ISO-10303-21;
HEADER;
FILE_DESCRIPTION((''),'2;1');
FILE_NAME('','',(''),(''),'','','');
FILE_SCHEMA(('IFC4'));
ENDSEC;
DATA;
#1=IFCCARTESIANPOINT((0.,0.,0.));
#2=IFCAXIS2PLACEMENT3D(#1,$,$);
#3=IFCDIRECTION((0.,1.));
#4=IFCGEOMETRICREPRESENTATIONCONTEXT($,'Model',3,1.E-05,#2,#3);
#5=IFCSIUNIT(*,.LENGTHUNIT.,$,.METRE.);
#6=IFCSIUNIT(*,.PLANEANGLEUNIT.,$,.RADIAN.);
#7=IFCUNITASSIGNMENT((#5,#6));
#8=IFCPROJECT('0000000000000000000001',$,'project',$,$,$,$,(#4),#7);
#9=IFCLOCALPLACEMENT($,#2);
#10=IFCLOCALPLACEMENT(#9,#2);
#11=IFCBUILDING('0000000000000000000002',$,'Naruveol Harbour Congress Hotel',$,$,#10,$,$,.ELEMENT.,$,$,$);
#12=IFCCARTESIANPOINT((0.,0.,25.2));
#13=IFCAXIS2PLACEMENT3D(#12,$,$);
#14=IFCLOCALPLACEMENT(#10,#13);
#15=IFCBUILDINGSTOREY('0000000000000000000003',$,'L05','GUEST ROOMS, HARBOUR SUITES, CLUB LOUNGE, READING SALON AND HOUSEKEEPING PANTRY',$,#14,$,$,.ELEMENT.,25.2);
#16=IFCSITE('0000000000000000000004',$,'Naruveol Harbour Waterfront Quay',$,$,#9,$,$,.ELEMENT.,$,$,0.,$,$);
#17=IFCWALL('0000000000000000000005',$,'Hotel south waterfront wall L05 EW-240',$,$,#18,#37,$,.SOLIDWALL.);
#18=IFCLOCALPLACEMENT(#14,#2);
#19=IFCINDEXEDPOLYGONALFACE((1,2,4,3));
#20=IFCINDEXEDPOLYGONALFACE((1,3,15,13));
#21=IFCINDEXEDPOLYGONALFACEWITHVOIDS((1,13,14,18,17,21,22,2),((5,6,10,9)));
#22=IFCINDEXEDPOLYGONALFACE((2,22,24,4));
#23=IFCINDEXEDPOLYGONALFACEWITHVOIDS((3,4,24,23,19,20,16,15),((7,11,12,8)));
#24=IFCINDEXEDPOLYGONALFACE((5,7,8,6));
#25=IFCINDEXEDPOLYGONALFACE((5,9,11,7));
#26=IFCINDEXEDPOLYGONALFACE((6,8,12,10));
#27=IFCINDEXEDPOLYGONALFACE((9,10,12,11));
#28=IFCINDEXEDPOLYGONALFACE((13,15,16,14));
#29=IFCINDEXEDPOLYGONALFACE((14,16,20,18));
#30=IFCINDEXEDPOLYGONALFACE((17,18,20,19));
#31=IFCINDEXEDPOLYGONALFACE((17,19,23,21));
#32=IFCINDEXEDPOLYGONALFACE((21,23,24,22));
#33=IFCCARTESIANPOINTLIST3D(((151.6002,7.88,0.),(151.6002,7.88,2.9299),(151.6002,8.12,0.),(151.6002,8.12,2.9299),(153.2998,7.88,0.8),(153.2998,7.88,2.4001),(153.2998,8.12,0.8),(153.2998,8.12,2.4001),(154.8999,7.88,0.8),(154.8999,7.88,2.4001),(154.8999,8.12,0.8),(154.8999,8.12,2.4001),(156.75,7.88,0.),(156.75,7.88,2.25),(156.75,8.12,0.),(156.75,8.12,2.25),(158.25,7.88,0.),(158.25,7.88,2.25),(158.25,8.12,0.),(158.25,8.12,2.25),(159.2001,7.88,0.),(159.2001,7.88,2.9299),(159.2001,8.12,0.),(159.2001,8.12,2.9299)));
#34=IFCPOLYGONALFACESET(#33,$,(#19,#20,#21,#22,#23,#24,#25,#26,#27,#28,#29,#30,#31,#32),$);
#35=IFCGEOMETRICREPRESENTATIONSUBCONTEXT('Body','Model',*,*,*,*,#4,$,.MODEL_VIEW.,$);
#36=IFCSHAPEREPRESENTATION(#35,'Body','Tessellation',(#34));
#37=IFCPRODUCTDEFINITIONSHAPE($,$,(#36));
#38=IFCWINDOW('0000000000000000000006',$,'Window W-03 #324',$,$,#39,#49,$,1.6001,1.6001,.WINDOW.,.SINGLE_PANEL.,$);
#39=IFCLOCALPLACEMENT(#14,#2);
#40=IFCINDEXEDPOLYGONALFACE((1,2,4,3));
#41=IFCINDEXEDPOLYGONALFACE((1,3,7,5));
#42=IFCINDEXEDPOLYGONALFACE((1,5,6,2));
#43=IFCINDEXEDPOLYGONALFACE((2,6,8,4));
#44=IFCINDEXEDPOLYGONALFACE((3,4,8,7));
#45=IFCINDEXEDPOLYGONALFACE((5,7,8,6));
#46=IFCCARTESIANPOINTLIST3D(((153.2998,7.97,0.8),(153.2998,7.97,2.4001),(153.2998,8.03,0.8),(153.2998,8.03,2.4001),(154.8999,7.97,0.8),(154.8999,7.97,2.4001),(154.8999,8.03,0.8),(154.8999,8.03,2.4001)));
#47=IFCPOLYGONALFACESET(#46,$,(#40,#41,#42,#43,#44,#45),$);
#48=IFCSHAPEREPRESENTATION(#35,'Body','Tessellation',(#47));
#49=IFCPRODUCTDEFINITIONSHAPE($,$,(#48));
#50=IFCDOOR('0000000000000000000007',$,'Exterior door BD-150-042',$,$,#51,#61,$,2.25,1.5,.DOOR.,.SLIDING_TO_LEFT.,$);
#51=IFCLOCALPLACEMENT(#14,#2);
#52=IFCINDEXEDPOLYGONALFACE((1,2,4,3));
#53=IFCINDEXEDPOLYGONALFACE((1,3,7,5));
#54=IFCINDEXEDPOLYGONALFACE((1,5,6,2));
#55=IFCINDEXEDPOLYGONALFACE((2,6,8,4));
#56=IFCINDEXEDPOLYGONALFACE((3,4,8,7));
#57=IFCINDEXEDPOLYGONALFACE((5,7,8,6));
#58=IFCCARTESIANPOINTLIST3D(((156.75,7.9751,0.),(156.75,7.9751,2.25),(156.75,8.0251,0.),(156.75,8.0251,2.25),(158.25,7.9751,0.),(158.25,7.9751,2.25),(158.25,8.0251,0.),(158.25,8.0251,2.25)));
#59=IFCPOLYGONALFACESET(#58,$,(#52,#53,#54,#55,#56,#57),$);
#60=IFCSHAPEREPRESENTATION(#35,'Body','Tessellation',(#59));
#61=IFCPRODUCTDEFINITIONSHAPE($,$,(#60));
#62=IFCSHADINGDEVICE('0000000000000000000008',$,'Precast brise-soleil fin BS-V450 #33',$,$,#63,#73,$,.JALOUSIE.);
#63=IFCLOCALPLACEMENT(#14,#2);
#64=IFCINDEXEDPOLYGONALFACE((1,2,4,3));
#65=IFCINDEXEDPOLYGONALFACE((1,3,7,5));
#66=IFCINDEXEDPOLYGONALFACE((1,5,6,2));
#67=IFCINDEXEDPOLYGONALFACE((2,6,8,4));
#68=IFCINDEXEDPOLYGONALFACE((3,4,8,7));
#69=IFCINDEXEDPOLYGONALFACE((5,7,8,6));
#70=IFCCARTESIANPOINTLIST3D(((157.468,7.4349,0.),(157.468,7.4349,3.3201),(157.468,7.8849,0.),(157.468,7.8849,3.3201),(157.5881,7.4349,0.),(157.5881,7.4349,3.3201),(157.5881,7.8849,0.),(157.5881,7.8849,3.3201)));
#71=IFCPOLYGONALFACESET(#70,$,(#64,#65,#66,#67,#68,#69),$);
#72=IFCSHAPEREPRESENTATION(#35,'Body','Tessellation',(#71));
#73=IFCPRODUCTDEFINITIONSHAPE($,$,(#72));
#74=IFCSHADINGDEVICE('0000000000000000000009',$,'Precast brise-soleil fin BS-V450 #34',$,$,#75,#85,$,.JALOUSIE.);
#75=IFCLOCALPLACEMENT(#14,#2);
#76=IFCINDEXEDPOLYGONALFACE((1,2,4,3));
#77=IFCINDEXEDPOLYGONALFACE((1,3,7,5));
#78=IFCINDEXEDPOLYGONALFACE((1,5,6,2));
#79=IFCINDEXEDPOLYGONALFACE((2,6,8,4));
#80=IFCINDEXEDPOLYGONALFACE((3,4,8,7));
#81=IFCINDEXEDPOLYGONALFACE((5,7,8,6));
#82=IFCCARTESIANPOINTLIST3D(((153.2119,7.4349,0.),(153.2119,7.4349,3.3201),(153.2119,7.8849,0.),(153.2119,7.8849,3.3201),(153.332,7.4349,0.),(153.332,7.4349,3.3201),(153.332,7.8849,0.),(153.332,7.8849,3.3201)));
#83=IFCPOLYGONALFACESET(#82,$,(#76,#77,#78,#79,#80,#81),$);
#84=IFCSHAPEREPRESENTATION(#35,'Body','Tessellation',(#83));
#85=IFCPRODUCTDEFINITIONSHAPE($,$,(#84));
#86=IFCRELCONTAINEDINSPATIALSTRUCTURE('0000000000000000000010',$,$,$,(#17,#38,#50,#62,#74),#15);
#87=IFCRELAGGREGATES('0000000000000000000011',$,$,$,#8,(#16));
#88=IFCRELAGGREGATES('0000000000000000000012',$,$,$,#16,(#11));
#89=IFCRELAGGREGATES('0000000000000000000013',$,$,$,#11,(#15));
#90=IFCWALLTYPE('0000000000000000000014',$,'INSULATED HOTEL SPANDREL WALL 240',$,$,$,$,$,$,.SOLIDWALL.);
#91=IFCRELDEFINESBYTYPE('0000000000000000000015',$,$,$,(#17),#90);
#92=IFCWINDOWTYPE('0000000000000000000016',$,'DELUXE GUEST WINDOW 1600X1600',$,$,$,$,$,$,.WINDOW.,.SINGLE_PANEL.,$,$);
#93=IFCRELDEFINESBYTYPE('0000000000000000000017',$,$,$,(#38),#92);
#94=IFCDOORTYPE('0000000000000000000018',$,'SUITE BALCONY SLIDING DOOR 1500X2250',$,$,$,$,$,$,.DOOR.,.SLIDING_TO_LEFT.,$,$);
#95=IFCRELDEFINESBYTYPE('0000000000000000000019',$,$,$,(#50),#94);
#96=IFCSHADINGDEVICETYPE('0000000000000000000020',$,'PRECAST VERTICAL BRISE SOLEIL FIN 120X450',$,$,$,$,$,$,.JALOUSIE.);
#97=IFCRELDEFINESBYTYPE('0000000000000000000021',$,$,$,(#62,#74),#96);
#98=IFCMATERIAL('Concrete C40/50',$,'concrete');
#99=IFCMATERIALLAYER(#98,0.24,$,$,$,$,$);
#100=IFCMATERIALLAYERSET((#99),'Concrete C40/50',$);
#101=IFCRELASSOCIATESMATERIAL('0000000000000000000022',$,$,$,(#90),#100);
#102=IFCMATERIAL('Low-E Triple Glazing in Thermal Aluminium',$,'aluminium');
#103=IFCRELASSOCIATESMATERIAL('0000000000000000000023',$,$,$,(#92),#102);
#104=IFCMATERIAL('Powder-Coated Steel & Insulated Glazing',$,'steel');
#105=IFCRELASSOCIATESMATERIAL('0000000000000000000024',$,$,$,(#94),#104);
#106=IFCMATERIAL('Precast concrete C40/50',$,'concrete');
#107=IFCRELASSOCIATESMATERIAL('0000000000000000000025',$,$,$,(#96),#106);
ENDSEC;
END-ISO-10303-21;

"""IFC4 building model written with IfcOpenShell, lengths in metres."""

from ifc_helpers import new_model, si_unit, direction, frame, frame_2d, origin, origin_2d, place, context, subcontext, project, spatial, rectangle, extrude, material, layer, layer_set, type_object, element, fill, save


model = new_model("IFC4")

# Units and contexts
model_context = context("Model", 3, precision=1e-05, world=origin(), true_north=direction((0.0, 1.0)))
body_context = subcontext(model_context, "Body", "Model", "MODEL_VIEW")
ifc_project = project(units=[si_unit("LENGTHUNIT", "METRE"), si_unit("PLANEANGLEUNIT", "RADIAN")], contexts=[model_context])

# Site, building, storey
site_placement = place(None, origin())
site = spatial("IfcSite", under=ifc_project, at=site_placement, Name="Naruveol Harbour Waterfront Quay", CompositionType="ELEMENT", RefElevation=0.0)
building_placement = place(site_placement, origin())
building = spatial("IfcBuilding", under=site, at=building_placement, Name="Naruveol Harbour Congress Hotel", CompositionType="ELEMENT")
storey_placement = place(building_placement, frame((0.0, 0.0, 25.2)))
storey = spatial("IfcBuildingStorey", under=building, at=storey_placement, Name="L05", Description="GUEST ROOMS, HARBOUR SUITES, CLUB LOUNGE, READING SALON AND HOUSEKEEPING PANTRY", CompositionType="ELEMENT", Elevation=25.2)

# Wall, openings, window, door
ifc_material_1 = material(Name="Concrete C40/50", Category="concrete")
ifc_layer_1 = layer(ifc_material_1, 0.24)
ifc_layer_set_1 = layer_set([ifc_layer_1], Name="Concrete C40/50")
wall_type_1 = type_object("IfcWallType", Name="INSULATED HOTEL SPANDREL WALL 240", PredefinedType="SOLIDWALL", material=ifc_layer_set_1)
wall_1_placement = place(storey_placement, frame((159.2, 8.0, 0.0), z_axis=(0.0, 0.0, 1.0), x_axis=(-1.0, 0.0, 0.0)))
wall_1 = element("IfcWall", 1, at=wall_1_placement, inside=storey, type_object=wall_type_1, Name="Hotel south waterfront wall L05 EW-240", PredefinedType="SOLIDWALL", context=body_context, shape_type="SweptSolid", body=[
    extrude(rectangle(XDim=7.5999, YDim=0.24, at=frame_2d((3.7998, 0.0))), origin(), (0.0, 0.0, 1.0), 2.9299),
])
opening_1_placement = place(wall_1_placement, frame((0.95, 0.0, 0.0)))
opening_1 = element("IfcOpeningElement", 2, at=opening_1_placement, cuts=wall_1, PredefinedType="OPENING", context=body_context, shape_type="SweptSolid", body=[
    extrude(rectangle(XDim=1.5, YDim=2.25, at=frame_2d((0.75, 1.125))), frame((0.0, 0.1299, 0.0), z_axis=(0.0, -1.0, 0.0), x_axis=(1.0, 0.0, 0.0)), (0.0, 0.0, 1.0), 0.26),
])
opening_2_placement = place(wall_1_placement, frame((4.3, 0.0, 0.8)))
opening_2 = element("IfcOpeningElement", 3, at=opening_2_placement, cuts=wall_1, PredefinedType="OPENING", context=body_context, shape_type="SweptSolid", body=[
    extrude(rectangle(XDim=1.6001, YDim=1.6001, at=frame_2d((0.8, 0.8))), frame((0.0, 0.1299, 0.0), z_axis=(0.0, -1.0, 0.0), x_axis=(1.0, 0.0, 0.0)), (0.0, 0.0, 1.0), 0.26),
])
ifc_material_2 = material(Name="Low-E Triple Glazing in Thermal Aluminium", Category="aluminium")
window_type = type_object("IfcWindowType", Name="DELUXE GUEST WINDOW 1600X1600", PartitioningType="SINGLE_PANEL", PredefinedType="WINDOW", material=ifc_material_2)
window_placement = place(opening_2_placement, origin())
window = element("IfcWindow", 4, at=window_placement, inside=storey, type_object=window_type, Name="Window W-03 #324", OverallHeight=1.6001, OverallWidth=1.6001, PartitioningType="SINGLE_PANEL", PredefinedType="WINDOW", context=body_context, shape_type="SweptSolid", body=[
    extrude(rectangle(XDim=1.6001, YDim=1.6001, at=frame_2d((0.8, 0.8))), frame((0.0, 0.03, 0.0), z_axis=(0.0, -1.0, 0.0), x_axis=(1.0, 0.0, 0.0)), (0.0, 0.0, 1.0), 0.0601),
])
fill(opening_2, window)
ifc_material_3 = material(Name="Powder-Coated Steel & Insulated Glazing", Category="steel")
door_type_1 = type_object("IfcDoorType", Name="SUITE BALCONY SLIDING DOOR 1500X2250", OperationType="SLIDING_TO_LEFT", PredefinedType="DOOR", material=ifc_material_3)
door_1_placement = place(opening_1_placement, origin())
door_1 = element("IfcDoor", 5, at=door_1_placement, inside=storey, type_object=door_type_1, Name="Exterior door BD-150-042", OperationType="SLIDING_TO_LEFT", OverallHeight=2.25, OverallWidth=1.5, PredefinedType="DOOR", context=body_context, shape_type="SweptSolid", body=[
    extrude(rectangle(XDim=1.5, YDim=2.25, at=frame_2d((0.75, 1.125))), frame((0.0, 0.0249, 0.0), z_axis=(0.0, -1.0, 0.0), x_axis=(1.0, 0.0, 0.0)), (0.0, 0.0, 1.0), 0.05),
])
fill(opening_1, door_1)

# Shading devices
ifc_material_4 = material(Name="Precast concrete C40/50", Category="concrete")
shading_device_type = type_object("IfcShadingDeviceType", Name="PRECAST VERTICAL BRISE SOLEIL FIN 120X450", PredefinedType="JALOUSIE", material=ifc_material_4)
for number, where, z_axis, x_axis, name in (
    (6, (157.5281, 7.6599, 0.0), (0.0, 0.0, 1.0), (-1.0, 0.0, 0.0), "Precast brise-soleil fin BS-V450 #33"),
    (7, (153.272, 7.6599, 0.0), (0.0, 0.0, 1.0), (-1.0, 0.0, 0.0), "Precast brise-soleil fin BS-V450 #34"),
):
    element("IfcShadingDevice", number, at=place(storey_placement, frame(where, z_axis=z_axis, x_axis=x_axis)), inside=storey, type_object=shading_device_type, Name=name, PredefinedType="JALOUSIE", context=body_context, shape_type="SweptSolid", body=[
        extrude(rectangle(XDim=0.1201, YDim=0.45, at=origin_2d()), origin(), (0.0, 0.0, 1.0), 3.3201),
    ])

save(model, "model.ifc")
